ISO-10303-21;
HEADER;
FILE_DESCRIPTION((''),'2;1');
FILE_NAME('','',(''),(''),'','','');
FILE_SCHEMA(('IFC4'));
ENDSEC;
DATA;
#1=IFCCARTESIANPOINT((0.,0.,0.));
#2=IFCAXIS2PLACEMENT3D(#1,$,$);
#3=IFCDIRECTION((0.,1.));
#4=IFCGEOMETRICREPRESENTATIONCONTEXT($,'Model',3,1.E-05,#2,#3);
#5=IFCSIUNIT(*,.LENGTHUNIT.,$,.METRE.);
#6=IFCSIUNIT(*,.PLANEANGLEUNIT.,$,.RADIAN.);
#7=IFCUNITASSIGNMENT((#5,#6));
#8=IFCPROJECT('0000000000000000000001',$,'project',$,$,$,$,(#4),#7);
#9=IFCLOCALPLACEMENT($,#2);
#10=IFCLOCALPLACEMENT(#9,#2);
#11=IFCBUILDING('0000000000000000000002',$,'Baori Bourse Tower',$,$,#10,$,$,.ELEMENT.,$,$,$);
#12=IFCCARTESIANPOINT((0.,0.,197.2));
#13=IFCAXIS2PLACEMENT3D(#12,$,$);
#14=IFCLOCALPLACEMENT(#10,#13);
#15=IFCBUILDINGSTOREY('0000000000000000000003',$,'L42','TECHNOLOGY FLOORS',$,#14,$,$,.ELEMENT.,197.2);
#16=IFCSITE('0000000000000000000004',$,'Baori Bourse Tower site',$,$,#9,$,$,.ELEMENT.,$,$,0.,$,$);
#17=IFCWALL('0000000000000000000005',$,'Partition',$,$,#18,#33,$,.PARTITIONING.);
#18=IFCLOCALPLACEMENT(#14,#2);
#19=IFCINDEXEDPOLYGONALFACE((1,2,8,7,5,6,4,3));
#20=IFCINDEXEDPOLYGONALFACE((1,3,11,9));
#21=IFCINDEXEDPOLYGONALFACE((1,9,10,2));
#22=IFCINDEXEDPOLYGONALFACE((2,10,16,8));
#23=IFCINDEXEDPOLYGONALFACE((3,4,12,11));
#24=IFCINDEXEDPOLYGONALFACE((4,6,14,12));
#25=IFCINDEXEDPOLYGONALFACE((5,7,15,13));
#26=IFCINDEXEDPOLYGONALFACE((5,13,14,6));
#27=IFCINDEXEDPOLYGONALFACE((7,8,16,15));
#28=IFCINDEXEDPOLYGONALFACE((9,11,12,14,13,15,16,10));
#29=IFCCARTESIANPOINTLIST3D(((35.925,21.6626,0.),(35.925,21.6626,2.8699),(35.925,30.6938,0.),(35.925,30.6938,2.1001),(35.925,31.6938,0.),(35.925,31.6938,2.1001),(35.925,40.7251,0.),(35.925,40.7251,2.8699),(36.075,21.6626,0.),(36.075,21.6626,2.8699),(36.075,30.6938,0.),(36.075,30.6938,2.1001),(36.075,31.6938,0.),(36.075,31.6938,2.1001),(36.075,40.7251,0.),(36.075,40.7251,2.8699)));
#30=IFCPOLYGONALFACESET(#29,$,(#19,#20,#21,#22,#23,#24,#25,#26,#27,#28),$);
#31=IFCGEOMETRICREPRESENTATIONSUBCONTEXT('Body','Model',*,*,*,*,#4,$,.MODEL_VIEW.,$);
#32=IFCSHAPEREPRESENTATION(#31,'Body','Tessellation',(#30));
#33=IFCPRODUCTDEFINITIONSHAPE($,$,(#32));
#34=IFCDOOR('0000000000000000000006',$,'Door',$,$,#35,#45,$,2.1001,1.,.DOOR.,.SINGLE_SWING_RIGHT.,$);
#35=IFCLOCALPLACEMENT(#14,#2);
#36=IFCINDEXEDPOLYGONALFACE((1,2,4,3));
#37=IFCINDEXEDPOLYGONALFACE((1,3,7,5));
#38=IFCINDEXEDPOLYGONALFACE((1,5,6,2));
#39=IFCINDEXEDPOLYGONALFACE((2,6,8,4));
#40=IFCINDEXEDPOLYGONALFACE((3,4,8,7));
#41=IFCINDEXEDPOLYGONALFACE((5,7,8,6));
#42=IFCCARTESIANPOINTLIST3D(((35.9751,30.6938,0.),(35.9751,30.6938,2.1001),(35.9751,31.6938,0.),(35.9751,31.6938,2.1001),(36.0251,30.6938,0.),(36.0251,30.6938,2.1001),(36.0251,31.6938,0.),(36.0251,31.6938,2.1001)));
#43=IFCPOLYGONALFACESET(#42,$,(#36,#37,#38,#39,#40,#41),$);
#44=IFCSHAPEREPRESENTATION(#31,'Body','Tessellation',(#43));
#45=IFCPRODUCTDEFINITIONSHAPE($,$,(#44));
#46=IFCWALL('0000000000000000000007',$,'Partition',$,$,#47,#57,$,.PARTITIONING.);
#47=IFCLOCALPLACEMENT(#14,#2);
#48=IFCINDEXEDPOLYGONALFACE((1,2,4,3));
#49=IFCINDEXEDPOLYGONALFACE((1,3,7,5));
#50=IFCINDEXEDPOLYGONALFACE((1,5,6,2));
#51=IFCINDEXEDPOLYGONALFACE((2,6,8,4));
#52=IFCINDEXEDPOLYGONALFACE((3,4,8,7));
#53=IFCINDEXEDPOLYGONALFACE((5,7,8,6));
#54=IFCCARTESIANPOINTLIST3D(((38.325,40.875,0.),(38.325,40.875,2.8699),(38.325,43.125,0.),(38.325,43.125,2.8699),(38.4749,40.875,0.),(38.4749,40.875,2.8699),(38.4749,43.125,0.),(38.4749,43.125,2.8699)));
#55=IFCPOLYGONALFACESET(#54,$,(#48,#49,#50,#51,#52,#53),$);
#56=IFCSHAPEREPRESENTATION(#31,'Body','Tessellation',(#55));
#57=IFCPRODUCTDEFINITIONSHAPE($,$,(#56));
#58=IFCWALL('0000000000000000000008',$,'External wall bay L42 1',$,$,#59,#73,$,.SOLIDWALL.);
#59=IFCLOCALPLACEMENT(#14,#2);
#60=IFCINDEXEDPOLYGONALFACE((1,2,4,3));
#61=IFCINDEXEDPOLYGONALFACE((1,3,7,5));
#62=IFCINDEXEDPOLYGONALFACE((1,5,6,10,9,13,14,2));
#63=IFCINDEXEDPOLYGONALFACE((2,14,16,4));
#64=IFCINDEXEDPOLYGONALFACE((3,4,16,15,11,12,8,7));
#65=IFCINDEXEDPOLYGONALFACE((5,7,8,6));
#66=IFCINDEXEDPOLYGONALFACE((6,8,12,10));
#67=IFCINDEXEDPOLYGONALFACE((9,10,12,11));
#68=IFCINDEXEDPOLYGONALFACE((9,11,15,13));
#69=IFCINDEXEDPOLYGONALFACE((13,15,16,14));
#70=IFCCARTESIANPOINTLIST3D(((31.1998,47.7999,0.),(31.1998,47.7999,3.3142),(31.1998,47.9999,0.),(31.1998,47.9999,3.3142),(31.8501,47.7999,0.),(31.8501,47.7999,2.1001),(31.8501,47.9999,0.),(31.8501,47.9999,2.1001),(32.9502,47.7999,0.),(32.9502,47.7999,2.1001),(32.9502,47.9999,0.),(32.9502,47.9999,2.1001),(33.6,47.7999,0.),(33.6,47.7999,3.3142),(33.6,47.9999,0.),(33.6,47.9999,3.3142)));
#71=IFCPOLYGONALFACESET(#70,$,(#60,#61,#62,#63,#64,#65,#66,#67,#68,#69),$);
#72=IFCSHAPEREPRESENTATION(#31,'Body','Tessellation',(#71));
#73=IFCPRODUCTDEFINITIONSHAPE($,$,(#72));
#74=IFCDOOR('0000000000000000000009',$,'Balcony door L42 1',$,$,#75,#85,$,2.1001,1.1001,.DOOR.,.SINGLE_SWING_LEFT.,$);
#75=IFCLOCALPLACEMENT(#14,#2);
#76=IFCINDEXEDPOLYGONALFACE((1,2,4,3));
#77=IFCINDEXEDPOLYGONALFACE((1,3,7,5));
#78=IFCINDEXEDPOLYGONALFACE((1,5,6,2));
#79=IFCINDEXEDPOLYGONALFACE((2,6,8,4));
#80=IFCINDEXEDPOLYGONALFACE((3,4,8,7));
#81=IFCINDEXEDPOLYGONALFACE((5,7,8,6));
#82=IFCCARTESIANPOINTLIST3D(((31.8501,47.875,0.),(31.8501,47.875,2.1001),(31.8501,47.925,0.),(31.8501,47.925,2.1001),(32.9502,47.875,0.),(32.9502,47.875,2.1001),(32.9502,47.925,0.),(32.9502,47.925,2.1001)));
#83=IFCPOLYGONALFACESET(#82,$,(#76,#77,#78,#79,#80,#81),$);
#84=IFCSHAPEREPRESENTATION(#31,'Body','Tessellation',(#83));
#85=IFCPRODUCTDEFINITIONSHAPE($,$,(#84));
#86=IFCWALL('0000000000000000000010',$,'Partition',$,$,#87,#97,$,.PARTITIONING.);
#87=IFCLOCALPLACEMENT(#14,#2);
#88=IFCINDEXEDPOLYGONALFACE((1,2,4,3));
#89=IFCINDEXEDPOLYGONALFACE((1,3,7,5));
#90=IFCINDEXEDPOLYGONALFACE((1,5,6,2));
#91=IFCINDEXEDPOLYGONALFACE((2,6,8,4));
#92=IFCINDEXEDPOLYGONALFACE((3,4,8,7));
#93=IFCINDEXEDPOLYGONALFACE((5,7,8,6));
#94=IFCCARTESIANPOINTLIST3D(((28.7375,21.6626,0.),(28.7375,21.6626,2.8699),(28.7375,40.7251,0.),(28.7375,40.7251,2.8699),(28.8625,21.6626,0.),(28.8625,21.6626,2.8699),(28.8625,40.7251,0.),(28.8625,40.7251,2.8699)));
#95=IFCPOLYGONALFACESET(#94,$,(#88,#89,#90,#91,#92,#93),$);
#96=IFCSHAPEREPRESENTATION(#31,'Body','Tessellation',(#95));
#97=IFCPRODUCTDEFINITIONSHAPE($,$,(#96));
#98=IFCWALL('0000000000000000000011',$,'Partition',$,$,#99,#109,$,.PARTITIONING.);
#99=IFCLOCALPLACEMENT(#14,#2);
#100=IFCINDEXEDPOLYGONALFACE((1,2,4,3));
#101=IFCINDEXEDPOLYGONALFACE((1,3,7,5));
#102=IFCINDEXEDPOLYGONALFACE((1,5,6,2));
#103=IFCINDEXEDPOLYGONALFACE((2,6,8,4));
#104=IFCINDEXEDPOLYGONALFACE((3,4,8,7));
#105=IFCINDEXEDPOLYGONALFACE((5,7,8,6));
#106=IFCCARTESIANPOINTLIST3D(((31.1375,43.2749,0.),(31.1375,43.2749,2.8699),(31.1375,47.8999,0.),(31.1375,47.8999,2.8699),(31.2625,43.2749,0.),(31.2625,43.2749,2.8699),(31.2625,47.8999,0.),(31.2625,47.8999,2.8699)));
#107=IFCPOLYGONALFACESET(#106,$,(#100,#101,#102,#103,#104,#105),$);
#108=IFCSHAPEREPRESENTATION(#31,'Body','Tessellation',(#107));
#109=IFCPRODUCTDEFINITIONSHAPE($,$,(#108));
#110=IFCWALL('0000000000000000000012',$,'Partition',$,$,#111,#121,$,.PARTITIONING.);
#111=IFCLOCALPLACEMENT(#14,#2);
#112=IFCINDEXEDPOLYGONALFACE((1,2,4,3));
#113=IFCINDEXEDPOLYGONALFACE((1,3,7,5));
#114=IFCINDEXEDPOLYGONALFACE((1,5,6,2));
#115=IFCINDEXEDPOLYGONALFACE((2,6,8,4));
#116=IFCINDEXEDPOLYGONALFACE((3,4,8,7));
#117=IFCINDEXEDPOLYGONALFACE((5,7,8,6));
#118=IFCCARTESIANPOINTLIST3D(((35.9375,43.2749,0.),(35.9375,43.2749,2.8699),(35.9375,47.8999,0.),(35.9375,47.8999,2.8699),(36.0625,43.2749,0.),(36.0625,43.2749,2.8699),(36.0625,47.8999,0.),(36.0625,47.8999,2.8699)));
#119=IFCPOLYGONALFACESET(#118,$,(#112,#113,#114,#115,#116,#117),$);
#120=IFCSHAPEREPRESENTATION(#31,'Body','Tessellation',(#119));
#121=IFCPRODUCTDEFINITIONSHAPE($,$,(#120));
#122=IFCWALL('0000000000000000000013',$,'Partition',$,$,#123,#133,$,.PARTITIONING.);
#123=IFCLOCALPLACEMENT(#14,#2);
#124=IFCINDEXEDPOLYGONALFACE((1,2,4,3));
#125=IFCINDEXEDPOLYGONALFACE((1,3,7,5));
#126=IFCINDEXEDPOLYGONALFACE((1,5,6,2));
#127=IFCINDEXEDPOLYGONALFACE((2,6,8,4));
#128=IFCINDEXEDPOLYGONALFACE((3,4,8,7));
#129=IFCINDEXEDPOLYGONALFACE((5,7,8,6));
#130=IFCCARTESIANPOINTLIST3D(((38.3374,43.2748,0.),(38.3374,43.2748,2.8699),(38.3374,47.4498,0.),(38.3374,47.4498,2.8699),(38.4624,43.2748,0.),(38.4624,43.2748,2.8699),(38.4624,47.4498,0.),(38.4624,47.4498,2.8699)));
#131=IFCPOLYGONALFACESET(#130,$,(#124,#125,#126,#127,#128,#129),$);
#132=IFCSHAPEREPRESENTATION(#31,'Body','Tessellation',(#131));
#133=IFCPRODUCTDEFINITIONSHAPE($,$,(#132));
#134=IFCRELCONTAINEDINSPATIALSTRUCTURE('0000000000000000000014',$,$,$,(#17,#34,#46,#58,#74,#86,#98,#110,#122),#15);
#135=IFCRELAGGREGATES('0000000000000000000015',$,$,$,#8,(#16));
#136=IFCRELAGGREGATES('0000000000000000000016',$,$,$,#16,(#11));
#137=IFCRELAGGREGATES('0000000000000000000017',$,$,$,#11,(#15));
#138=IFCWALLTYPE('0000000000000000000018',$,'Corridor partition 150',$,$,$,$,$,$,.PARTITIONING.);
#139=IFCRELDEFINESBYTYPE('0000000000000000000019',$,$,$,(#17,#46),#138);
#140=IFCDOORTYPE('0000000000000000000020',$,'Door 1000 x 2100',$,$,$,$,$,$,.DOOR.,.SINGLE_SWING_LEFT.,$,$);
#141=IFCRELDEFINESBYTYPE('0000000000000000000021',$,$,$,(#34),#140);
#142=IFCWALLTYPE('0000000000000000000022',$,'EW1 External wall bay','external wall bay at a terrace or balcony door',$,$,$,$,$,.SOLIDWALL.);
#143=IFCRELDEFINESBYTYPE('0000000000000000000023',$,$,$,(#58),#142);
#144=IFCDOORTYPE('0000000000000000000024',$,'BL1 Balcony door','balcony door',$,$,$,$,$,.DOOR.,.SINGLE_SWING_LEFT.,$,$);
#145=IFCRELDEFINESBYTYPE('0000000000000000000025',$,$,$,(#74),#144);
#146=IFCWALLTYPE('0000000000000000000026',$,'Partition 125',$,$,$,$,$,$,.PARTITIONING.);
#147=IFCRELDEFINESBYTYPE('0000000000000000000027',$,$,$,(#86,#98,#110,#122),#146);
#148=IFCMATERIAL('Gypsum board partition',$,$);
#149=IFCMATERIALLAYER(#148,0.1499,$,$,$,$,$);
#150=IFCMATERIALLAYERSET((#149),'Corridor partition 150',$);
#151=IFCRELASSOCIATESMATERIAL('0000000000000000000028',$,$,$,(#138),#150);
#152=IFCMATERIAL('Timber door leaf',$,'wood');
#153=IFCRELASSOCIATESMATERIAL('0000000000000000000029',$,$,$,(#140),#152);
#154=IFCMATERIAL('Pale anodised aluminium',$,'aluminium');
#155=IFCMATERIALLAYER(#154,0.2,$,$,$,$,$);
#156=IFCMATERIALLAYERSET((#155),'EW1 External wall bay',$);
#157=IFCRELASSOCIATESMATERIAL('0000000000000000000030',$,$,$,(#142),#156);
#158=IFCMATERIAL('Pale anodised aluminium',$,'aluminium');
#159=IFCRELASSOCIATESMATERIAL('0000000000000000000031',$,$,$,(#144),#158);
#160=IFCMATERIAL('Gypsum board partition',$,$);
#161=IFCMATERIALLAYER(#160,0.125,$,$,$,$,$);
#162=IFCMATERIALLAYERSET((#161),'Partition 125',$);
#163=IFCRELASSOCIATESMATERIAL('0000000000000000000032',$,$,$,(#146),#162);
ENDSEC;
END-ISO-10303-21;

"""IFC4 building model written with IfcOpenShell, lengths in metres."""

from ifc_helpers import new_model, si_unit, direction, frame, frame_2d, origin, place, context, subcontext, project, spatial, rectangle, extrude, material, layer, layer_set, type_object, element, fill, save


model = new_model("IFC4")

# Units and contexts
model_context = context("Model", 3, precision=1e-05, world=origin(), true_north=direction((0.0, 1.0)))
body_context = subcontext(model_context, "Body", "Model", "MODEL_VIEW")
ifc_project = project(units=[si_unit("LENGTHUNIT", "METRE"), si_unit("PLANEANGLEUNIT", "RADIAN")], contexts=[model_context])

# Site, building, storey
site_placement = place(None, origin())
site = spatial("IfcSite", under=ifc_project, at=site_placement, Name="Baori Bourse Tower site", CompositionType="ELEMENT", RefElevation=0.0)
building_placement = place(site_placement, origin())
building = spatial("IfcBuilding", under=site, at=building_placement, Name="Baori Bourse Tower", CompositionType="ELEMENT")
storey_placement = place(building_placement, frame((0.0, 0.0, 197.2)))
storey = spatial("IfcBuildingStorey", under=building, at=storey_placement, Name="L42", Description="TECHNOLOGY FLOORS", CompositionType="ELEMENT", Elevation=197.2)

# Wall, opening, door
ifc_material_1 = material(Name="Gypsum board partition")
ifc_layer_1 = layer(ifc_material_1, 0.1499)
ifc_layer_set_1 = layer_set([ifc_layer_1], Name="Corridor partition 150")
wall_type_1 = type_object("IfcWallType", Name="Corridor partition 150", PredefinedType="PARTITIONING", material=ifc_layer_set_1)
ifc_material_2 = material(Name="Timber door leaf", Category="wood")
door_type_1 = type_object("IfcDoorType", Name="Door 1000 x 2100", OperationType="SINGLE_SWING_LEFT", PredefinedType="DOOR", material=ifc_material_2)
wall_1_placement = place(storey_placement, frame((36.0, 21.6626, 0.0), z_axis=(0.0, 0.0, 1.0), x_axis=(0.0, 1.0, 0.0)))
wall_1 = element("IfcWall", 1, at=wall_1_placement, inside=storey, type_object=wall_type_1, Name="Partition", PredefinedType="PARTITIONING", context=body_context, shape_type="SweptSolid", body=[
    extrude(rectangle(XDim=19.0625, YDim=0.1499, at=frame_2d((9.5312, 0.0))), origin(), (0.0, 0.0, 1.0), 2.8699),
])
opening_1_placement = place(wall_1_placement, frame((9.0312, 0.0, 0.0)))
opening_1 = element("IfcOpeningElement", 2, at=opening_1_placement, cuts=wall_1, PredefinedType="OPENING", context=body_context, shape_type="SweptSolid", body=[
    extrude(rectangle(XDim=1.0, YDim=2.1001, at=frame_2d((0.5, 1.05))), frame((0.0, 0.085, 0.0), z_axis=(0.0, -1.0, 0.0), x_axis=(1.0, 0.0, 0.0)), (0.0, 0.0, 1.0), 0.1699),
])
door_1_placement = place(opening_1_placement, origin())
door_1 = element("IfcDoor", 3, at=door_1_placement, inside=storey, type_object=door_type_1, Name="Door", OperationType="SINGLE_SWING_RIGHT", OverallHeight=2.1001, OverallWidth=1.0, PredefinedType="DOOR", context=body_context, shape_type="SweptSolid", body=[
    extrude(rectangle(XDim=1.0, YDim=2.1001, at=frame_2d((0.5, 1.05))), frame((0.0, 0.0249, 0.0), z_axis=(0.0, -1.0, 0.0), x_axis=(1.0, 0.0, 0.0)), (0.0, 0.0, 1.0), 0.05),
])
fill(opening_1, door_1)

# Wall
wall_2_placement = place(storey_placement, frame((38.3999, 40.875, 0.0), z_axis=(0.0, 0.0, 1.0), x_axis=(0.0, 1.0, 0.0)))
element("IfcWall", 4, at=wall_2_placement, inside=storey, type_object=wall_type_1, Name="Partition", PredefinedType="PARTITIONING", context=body_context, shape_type="SweptSolid", body=[
    extrude(rectangle(XDim=2.25, YDim=0.1499, at=frame_2d((1.125, 0.0))), origin(), (0.0, 0.0, 1.0), 2.8699),
])

# Wall, opening, door
ifc_material_3 = material(Name="Pale anodised aluminium", Category="aluminium")
ifc_layer_2 = layer(ifc_material_3, 0.2)
ifc_layer_set_2 = layer_set([ifc_layer_2], Name="EW1 External wall bay")
wall_type_2 = type_object("IfcWallType", Name="EW1 External wall bay", Description="external wall bay at a terrace or balcony door", PredefinedType="SOLIDWALL", material=ifc_layer_set_2)
wall_3_placement = place(storey_placement, frame((33.6001, 47.8999, 0.0), z_axis=(0.0, 0.0, 1.0), x_axis=(-1.0, 0.0, 0.0)))
wall_3 = element("IfcWall", 5, at=wall_3_placement, inside=storey, type_object=wall_type_2, Name="External wall bay L42 1", PredefinedType="SOLIDWALL", context=body_context, shape_type="SweptSolid", body=[
    extrude(rectangle(XDim=2.4001, YDim=0.2, at=frame_2d((1.2002, 0.0))), origin(), (0.0, 0.0, 1.0), 3.3142),
])
opening_2_placement = place(wall_3_placement, frame((0.6499, 0.0, 0.0)))
opening_2 = element("IfcOpeningElement", 6, at=opening_2_placement, cuts=wall_3, PredefinedType="OPENING", context=body_context, shape_type="SweptSolid", body=[
    extrude(rectangle(XDim=1.1001, YDim=2.1001, at=frame_2d((0.55, 1.05))), frame((0.0, 0.1099, 0.0), z_axis=(0.0, -1.0, 0.0), x_axis=(1.0, 0.0, 0.0)), (0.0, 0.0, 1.0), 0.22),
])
ifc_material_4 = material(Name="Pale anodised aluminium", Category="aluminium")
door_type_2 = type_object("IfcDoorType", Name="BL1 Balcony door", Description="balcony door", OperationType="SINGLE_SWING_LEFT", PredefinedType="DOOR", material=ifc_material_4)
door_2_placement = place(opening_2_placement, origin())
door_2 = element("IfcDoor", 7, at=door_2_placement, inside=storey, type_object=door_type_2, Name="Balcony door L42 1", OperationType="SINGLE_SWING_LEFT", OverallHeight=2.1001, OverallWidth=1.1001, PredefinedType="DOOR", context=body_context, shape_type="SweptSolid", body=[
    extrude(rectangle(XDim=1.1001, YDim=2.1001, at=frame_2d((0.55, 1.05))), frame((0.0, 0.0249, 0.0), z_axis=(0.0, -1.0, 0.0), x_axis=(1.0, 0.0, 0.0)), (0.0, 0.0, 1.0), 0.05),
])
fill(opening_2, door_2)

# Walls
ifc_material_5 = material(Name="Gypsum board partition")
ifc_layer_3 = layer(ifc_material_5, 0.125)
ifc_layer_set_3 = layer_set([ifc_layer_3], Name="Partition 125")
wall_type_3 = type_object("IfcWallType", Name="Partition 125", PredefinedType="PARTITIONING", material=ifc_layer_set_3)
wall_4_placement = place(storey_placement, frame((28.8, 21.6626, 0.0), z_axis=(0.0, 0.0, 1.0), x_axis=(0.0, 1.0, 0.0)))
element("IfcWall", 8, at=wall_4_placement, inside=storey, type_object=wall_type_3, Name="Partition", PredefinedType="PARTITIONING", context=body_context, shape_type="SweptSolid", body=[
    extrude(rectangle(XDim=19.0625, YDim=0.125, at=frame_2d((9.5312, 0.0))), origin(), (0.0, 0.0, 1.0), 2.8699),
])
for number, where, z_axis, x_axis, name in (
    (9, (31.2, 43.2749, 0.0), (0.0, 0.0, 1.0), (0.0, 1.0, 0.0), "Partition"),
    (10, (36.0, 43.2749, 0.0), (0.0, 0.0, 1.0), (0.0, 1.0, 0.0), "Partition"),
):
    element("IfcWall", number, at=place(storey_placement, frame(where, z_axis=z_axis, x_axis=x_axis)), inside=storey, type_object=wall_type_3, Name=name, PredefinedType="PARTITIONING", context=body_context, shape_type="SweptSolid", body=[
        extrude(rectangle(XDim=4.625, YDim=0.125, at=frame_2d((2.3125, 0.0))), origin(), (0.0, 0.0, 1.0), 2.8699),
    ])
wall_5_placement = place(storey_placement, frame((38.3999, 43.2749, 0.0), z_axis=(0.0, 0.0, 1.0), x_axis=(0.0, 1.0, 0.0)))
element("IfcWall", 11, at=wall_5_placement, inside=storey, type_object=wall_type_3, Name="Partition", PredefinedType="PARTITIONING", context=body_context, shape_type="SweptSolid", body=[
    extrude(rectangle(XDim=4.175, YDim=0.125, at=frame_2d((2.0874, 0.0))), origin(), (0.0, 0.0, 1.0), 2.8699),
])

save(model, "model.ifc")
